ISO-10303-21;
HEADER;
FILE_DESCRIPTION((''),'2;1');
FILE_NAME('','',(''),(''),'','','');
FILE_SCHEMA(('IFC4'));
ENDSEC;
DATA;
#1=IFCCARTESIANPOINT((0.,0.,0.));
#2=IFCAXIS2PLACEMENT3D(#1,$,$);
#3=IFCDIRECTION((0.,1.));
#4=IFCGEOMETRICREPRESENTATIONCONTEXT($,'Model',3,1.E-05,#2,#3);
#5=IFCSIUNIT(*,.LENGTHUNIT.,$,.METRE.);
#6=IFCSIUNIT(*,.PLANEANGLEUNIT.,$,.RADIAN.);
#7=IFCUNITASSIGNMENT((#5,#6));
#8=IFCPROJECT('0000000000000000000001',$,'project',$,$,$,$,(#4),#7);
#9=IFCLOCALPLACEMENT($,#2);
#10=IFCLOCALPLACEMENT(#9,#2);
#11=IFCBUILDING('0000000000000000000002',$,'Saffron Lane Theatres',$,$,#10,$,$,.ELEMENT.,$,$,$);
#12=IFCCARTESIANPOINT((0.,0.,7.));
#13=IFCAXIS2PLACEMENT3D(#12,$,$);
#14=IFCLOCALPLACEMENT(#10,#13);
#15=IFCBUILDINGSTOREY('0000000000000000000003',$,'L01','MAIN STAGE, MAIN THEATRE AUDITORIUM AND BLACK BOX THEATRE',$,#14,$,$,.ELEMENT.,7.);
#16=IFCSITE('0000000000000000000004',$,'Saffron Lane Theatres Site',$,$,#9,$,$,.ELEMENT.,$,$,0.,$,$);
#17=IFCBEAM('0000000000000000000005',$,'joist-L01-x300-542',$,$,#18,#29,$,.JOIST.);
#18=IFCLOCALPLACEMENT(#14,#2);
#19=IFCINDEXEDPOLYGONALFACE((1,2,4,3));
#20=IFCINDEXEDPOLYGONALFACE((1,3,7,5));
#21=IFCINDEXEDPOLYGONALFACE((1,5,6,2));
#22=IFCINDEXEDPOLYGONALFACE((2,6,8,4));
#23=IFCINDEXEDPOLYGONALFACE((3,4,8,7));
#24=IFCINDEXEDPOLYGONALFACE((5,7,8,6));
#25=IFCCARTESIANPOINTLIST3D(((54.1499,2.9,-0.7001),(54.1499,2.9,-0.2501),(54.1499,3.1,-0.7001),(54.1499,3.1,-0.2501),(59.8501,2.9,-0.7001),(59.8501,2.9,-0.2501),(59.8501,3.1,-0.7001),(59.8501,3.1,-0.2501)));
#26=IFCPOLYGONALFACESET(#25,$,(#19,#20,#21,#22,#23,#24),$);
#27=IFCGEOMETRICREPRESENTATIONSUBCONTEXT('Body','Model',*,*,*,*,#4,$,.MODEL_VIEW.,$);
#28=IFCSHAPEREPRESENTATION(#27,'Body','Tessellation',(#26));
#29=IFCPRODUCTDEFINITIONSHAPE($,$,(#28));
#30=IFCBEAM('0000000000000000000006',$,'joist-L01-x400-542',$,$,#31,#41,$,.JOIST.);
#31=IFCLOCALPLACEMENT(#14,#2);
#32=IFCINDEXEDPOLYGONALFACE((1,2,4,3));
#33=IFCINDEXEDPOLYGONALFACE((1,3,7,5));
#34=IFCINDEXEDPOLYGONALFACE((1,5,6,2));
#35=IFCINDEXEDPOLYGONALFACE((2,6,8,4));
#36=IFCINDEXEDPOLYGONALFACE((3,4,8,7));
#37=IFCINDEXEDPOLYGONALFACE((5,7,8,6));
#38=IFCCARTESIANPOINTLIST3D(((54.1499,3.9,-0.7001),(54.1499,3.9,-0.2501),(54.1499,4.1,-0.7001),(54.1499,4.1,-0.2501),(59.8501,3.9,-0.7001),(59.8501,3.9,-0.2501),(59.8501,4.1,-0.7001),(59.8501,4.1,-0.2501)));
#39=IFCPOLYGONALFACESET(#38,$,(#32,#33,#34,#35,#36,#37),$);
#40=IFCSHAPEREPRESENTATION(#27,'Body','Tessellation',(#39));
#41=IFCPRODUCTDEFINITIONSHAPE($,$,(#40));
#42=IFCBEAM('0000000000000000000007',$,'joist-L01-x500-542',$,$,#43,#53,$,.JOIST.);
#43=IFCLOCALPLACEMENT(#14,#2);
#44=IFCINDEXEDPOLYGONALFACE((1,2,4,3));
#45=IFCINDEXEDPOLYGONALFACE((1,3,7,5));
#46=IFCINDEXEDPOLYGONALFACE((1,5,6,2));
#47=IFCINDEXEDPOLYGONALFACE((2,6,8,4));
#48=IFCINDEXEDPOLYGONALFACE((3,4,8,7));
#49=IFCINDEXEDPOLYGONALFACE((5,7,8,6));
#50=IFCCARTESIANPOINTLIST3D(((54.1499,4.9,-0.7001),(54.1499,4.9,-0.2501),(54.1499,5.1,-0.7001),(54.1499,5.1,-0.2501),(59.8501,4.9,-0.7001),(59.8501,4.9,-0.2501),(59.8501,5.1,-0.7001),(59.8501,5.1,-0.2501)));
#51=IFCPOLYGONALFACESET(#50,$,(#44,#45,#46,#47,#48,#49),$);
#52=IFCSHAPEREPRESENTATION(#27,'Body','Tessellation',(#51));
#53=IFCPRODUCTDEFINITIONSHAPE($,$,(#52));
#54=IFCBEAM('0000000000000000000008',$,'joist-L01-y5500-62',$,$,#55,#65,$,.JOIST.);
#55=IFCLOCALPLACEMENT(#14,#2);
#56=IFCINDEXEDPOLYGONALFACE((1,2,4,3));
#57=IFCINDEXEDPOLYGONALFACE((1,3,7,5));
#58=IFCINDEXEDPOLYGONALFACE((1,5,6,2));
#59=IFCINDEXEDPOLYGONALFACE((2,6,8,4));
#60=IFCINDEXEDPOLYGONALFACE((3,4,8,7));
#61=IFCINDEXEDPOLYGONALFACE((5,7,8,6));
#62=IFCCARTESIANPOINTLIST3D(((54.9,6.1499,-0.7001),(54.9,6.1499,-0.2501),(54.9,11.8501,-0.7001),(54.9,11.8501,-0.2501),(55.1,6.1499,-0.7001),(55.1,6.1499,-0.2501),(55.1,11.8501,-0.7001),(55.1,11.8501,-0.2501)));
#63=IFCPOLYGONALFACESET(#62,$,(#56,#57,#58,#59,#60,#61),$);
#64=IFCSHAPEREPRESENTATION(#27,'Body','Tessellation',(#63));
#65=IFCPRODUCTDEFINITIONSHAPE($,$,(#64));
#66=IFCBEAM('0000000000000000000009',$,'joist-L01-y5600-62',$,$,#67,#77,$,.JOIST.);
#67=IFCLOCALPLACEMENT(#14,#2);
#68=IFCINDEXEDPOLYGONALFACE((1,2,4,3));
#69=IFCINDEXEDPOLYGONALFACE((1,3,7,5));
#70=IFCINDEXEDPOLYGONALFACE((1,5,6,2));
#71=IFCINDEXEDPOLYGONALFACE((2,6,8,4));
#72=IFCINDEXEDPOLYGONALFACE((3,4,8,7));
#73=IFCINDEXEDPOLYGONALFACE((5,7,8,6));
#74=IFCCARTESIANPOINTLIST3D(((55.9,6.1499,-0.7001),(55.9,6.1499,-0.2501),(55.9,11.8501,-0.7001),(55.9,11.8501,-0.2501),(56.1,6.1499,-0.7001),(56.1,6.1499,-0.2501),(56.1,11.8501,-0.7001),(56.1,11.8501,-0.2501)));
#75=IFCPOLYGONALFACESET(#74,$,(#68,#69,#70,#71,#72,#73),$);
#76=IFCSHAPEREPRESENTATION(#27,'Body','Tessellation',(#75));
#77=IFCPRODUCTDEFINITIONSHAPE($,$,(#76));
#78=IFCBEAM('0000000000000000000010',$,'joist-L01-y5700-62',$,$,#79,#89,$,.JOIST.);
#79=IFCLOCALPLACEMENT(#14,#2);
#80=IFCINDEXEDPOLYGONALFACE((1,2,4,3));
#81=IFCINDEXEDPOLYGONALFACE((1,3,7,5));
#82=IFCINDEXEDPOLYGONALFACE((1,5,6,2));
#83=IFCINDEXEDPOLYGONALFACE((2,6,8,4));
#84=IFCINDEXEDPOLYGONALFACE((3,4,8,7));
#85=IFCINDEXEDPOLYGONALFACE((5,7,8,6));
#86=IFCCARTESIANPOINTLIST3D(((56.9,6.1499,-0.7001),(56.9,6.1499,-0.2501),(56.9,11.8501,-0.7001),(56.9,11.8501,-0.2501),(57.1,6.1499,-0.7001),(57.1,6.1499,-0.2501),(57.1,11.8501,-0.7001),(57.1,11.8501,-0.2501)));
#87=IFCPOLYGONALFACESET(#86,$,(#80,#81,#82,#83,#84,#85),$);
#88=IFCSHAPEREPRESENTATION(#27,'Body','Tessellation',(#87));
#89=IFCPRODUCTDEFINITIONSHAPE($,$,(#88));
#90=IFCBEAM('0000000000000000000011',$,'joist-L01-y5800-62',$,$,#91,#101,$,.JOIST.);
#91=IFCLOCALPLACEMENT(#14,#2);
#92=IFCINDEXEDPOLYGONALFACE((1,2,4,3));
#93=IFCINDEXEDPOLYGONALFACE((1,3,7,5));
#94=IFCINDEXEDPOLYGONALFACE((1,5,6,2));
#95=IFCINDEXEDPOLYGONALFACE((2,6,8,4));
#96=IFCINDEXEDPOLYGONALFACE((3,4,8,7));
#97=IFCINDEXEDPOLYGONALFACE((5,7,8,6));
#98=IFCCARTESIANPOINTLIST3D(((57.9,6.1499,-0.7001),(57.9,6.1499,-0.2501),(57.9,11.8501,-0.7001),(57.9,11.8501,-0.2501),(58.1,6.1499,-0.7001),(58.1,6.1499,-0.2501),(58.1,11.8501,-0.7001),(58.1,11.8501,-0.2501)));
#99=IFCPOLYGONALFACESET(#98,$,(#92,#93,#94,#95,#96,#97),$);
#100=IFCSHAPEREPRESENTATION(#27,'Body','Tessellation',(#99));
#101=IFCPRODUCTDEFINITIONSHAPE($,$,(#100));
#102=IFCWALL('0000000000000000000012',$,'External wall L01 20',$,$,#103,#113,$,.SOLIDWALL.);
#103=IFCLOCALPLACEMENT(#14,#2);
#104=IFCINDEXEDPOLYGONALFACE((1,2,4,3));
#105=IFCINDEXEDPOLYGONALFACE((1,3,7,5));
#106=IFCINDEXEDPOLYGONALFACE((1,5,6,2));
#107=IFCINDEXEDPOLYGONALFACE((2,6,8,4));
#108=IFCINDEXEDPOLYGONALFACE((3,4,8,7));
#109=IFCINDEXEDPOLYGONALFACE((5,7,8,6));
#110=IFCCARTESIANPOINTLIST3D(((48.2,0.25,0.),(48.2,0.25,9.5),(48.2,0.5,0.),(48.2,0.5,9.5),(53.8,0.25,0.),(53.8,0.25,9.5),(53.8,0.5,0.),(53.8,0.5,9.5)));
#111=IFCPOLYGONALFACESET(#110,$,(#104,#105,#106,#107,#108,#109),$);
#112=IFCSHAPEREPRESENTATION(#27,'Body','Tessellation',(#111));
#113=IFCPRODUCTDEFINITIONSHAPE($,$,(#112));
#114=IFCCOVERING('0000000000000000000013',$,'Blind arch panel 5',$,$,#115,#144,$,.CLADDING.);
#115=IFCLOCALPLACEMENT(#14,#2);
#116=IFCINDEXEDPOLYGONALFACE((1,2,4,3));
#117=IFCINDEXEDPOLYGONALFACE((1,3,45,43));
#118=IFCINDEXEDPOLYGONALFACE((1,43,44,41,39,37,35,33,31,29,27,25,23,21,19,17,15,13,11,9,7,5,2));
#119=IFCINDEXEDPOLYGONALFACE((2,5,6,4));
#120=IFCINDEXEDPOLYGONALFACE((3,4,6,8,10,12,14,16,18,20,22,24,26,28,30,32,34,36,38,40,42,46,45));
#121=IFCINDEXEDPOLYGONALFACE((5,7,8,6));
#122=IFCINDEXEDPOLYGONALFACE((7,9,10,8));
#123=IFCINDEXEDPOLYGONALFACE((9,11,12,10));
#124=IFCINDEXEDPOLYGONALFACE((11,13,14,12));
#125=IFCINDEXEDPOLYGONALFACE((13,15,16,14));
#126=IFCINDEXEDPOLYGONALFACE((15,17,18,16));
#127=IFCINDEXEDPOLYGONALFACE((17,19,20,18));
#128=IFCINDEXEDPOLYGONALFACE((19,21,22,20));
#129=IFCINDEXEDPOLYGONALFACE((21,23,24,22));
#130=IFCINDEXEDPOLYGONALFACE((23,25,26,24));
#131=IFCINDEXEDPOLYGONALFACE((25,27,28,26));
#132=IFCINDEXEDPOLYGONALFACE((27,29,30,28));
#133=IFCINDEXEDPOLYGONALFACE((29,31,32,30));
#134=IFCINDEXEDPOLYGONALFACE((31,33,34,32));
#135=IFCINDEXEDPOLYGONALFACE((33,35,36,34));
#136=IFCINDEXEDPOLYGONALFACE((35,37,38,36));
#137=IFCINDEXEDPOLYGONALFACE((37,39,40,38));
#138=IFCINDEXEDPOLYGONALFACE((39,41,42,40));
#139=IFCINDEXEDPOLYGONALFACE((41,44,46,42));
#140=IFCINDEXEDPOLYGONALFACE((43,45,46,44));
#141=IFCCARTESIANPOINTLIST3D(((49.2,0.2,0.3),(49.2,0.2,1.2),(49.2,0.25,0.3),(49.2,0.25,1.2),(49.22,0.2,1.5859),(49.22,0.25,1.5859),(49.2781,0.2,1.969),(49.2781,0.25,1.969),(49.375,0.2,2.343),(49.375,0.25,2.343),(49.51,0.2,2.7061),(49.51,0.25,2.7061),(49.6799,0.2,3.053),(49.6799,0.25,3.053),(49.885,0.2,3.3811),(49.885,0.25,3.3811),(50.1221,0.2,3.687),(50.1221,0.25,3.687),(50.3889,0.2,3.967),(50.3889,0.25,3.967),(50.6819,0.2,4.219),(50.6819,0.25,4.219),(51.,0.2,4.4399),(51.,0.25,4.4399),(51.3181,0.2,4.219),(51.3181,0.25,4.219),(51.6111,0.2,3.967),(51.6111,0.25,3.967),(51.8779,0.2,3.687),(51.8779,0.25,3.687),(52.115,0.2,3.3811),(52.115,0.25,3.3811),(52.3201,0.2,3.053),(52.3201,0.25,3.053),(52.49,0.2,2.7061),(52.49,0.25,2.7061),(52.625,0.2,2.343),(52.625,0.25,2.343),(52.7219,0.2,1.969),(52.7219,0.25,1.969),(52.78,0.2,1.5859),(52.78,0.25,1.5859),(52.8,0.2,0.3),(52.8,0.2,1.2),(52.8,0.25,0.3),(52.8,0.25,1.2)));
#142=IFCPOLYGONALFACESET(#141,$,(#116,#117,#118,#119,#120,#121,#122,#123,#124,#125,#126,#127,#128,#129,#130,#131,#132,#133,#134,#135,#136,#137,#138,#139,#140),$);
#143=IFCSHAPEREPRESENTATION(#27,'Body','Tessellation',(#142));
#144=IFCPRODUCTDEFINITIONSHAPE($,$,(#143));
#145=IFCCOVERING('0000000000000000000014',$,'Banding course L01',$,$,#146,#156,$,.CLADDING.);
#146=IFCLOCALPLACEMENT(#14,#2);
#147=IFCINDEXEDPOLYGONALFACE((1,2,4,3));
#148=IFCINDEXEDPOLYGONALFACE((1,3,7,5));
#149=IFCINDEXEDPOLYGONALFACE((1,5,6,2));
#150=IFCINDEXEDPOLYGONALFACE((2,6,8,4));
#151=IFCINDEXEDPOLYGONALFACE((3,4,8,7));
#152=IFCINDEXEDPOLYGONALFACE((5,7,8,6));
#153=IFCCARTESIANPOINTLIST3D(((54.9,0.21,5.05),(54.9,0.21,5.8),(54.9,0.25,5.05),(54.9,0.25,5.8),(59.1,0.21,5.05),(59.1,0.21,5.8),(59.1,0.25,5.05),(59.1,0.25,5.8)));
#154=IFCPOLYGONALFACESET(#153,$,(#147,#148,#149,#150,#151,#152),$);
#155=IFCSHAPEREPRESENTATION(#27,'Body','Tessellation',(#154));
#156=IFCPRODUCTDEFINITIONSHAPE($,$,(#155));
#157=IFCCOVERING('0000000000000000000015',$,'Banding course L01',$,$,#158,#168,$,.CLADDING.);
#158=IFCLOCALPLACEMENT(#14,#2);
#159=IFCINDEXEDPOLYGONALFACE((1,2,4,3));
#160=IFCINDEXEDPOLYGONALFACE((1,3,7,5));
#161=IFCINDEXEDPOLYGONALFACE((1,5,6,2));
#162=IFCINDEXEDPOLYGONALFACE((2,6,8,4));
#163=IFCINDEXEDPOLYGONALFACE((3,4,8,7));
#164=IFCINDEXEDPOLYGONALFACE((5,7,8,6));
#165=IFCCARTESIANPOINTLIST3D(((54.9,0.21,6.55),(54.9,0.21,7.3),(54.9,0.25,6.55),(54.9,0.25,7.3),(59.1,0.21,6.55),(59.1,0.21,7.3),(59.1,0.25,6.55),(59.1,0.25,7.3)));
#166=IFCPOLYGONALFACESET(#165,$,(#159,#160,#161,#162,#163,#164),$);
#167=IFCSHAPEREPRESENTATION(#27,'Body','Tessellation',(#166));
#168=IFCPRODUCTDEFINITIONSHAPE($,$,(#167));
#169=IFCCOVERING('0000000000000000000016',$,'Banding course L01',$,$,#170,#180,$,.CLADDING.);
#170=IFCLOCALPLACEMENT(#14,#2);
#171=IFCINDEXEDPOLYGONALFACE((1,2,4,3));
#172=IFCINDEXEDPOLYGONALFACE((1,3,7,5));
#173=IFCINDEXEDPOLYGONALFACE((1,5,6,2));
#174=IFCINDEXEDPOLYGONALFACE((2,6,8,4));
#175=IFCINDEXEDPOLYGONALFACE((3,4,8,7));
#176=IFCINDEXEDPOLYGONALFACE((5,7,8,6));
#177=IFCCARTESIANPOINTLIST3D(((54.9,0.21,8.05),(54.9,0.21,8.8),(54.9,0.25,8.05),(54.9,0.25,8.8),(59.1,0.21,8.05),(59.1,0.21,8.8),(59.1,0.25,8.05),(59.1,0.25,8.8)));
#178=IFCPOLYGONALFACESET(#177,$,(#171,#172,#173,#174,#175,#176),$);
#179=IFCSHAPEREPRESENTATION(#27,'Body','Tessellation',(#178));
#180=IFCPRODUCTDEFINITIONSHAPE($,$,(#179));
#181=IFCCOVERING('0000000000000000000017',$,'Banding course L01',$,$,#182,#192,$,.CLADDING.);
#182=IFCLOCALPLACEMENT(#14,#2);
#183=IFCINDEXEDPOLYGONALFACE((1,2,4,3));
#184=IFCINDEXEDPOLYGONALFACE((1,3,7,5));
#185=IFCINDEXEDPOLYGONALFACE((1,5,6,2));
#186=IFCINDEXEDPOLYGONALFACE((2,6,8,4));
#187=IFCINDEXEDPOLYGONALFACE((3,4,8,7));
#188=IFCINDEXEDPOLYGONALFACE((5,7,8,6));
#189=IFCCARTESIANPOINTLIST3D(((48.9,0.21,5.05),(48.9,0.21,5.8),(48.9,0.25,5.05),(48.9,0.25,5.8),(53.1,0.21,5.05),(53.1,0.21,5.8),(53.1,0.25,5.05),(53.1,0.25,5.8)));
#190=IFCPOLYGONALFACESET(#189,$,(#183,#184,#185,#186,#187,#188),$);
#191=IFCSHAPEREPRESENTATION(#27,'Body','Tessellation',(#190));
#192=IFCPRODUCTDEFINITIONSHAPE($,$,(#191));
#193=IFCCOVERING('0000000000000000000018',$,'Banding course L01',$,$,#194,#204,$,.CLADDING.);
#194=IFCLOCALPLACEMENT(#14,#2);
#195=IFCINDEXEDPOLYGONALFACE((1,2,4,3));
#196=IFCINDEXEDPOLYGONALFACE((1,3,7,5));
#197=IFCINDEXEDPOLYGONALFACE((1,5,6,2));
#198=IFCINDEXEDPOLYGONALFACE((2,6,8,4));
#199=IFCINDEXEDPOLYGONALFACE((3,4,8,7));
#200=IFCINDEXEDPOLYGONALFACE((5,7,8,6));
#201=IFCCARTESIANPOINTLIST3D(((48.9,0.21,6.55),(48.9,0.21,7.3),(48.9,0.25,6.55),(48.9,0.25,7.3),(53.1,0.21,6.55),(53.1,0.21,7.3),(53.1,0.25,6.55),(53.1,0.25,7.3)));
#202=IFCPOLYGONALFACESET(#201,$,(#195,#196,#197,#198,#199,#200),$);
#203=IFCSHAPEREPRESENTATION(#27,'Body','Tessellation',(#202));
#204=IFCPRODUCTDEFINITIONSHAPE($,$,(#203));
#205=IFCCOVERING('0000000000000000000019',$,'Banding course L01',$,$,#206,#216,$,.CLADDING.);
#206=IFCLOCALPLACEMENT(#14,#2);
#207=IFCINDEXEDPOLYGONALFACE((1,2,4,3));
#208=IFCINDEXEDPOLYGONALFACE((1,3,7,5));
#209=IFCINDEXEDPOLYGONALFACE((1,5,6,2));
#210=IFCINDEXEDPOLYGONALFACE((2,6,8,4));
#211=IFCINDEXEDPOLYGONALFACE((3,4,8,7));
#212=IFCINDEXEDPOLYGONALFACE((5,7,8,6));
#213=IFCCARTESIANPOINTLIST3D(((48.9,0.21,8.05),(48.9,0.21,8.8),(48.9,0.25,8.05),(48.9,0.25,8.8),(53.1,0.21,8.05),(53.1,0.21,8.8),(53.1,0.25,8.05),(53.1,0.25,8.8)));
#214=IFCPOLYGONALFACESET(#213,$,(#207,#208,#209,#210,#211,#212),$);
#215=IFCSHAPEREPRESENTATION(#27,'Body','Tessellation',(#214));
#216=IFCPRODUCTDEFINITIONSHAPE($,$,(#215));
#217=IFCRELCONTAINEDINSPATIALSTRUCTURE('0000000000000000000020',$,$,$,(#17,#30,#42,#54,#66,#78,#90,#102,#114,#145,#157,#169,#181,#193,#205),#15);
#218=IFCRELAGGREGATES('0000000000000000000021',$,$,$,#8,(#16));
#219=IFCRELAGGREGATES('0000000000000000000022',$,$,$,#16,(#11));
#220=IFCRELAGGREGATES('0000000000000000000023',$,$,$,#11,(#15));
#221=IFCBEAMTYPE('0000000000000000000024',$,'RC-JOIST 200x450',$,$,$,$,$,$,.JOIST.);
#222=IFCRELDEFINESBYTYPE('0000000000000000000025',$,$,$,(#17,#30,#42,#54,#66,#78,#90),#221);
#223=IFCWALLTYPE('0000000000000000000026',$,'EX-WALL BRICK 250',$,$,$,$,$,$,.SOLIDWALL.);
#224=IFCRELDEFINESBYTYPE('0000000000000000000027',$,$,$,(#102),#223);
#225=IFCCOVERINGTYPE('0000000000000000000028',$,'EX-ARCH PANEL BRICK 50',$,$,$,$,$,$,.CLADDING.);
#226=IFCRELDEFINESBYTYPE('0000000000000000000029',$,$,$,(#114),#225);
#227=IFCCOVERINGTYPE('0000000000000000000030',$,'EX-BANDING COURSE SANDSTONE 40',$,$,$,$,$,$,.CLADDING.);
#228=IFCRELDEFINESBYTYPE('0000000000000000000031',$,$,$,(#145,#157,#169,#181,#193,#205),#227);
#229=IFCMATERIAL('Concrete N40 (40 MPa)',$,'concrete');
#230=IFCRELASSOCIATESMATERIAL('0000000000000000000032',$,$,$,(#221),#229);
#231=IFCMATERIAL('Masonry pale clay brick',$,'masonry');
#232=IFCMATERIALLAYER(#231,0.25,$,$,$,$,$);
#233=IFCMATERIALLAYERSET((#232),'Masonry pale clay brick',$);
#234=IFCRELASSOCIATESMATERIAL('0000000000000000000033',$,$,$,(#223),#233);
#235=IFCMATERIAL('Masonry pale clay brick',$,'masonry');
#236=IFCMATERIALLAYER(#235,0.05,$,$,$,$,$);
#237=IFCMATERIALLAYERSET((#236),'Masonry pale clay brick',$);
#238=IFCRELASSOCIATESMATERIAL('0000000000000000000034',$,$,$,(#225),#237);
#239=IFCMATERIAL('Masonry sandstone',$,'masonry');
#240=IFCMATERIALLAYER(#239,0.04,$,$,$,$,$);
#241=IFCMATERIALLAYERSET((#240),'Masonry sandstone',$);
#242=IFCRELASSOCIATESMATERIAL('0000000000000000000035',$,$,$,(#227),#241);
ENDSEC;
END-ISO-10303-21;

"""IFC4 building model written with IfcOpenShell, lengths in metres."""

from ifc_helpers import new_model, si_unit, direction, frame, frame_2d, origin, origin_2d, place, context, subcontext, project, spatial, polyline, rectangle, outline, extrude, material, layer, layer_set, material_profile, profile_set, type_object, element, save


model = new_model("IFC4")

# Units and contexts
model_context = context("Model", 3, precision=1e-05, world=origin(), true_north=direction((0.0, 1.0)))
body_context = subcontext(model_context, "Body", "Model", "MODEL_VIEW")
ifc_project = project(units=[si_unit("LENGTHUNIT", "METRE"), si_unit("PLANEANGLEUNIT", "RADIAN")], contexts=[model_context])

# Site, building, storey
site_placement = place(None, origin())
site = spatial("IfcSite", under=ifc_project, at=site_placement, Name="Saffron Lane Theatres Site", CompositionType="ELEMENT", RefElevation=0.0)
building_placement = place(site_placement, origin())
building = spatial("IfcBuilding", under=site, at=building_placement, Name="Saffron Lane Theatres", CompositionType="ELEMENT")
storey_placement = place(building_placement, frame((0.0, 0.0, 7.0)))
storey = spatial("IfcBuildingStorey", under=building, at=storey_placement, Name="L01", Description="MAIN STAGE, MAIN THEATRE AUDITORIUM AND BLACK BOX THEATRE", CompositionType="ELEMENT", Elevation=7.0)

# Beams
ifc_material_1 = material(Name="Concrete N40 (40 MPa)", Category="concrete")
ifc_material_profile_1 = material_profile(ifc_material_1, rectangle(XDim=0.2, YDim=0.45, at=origin_2d()))
ifc_profile_set_1 = profile_set([ifc_material_profile_1], Name="Concrete N40 (40 MPa)")
beam_type_1 = type_object("IfcBeamType", Name="RC-JOIST 200x450", PredefinedType="JOIST", material=ifc_profile_set_1)
for number, where, z_axis, x_axis, name in (
    (1, (54.1499, 3.0, -0.4751), (1.0, 0.0, 0.0), (0.0, 1.0, 0.0), "joist-L01-x300-542"),
    (2, (54.1499, 4.0, -0.4751), (1.0, 0.0, 0.0), (0.0, 1.0, 0.0), "joist-L01-x400-542"),
    (3, (54.1499, 5.0, -0.4751), (1.0, 0.0, 0.0), (0.0, 1.0, 0.0), "joist-L01-x500-542"),
    (4, (55.0, 6.1499, -0.4751), (0.0, 1.0, 0.0), (-1.0, 0.0, 0.0), "joist-L01-y5500-62"),
    (5, (56.0, 6.1499, -0.4751), (0.0, 1.0, 0.0), (-1.0, 0.0, 0.0), "joist-L01-y5600-62"),
    (6, (57.0, 6.1499, -0.4751), (0.0, 1.0, 0.0), (-1.0, 0.0, 0.0), "joist-L01-y5700-62"),
    (7, (58.0, 6.1499, -0.4751), (0.0, 1.0, 0.0), (-1.0, 0.0, 0.0), "joist-L01-y5800-62"),
):
    element("IfcBeam", number, at=place(storey_placement, frame(where, z_axis=z_axis, x_axis=x_axis)), inside=storey, type_object=beam_type_1, Name=name, PredefinedType="JOIST", context=body_context, shape_type="SweptSolid", body=[
        extrude(rectangle(XDim=0.2, YDim=0.45, at=origin_2d()), origin(), (0.0, 0.0, 1.0), 5.7002),
    ])

# Wall
ifc_material_2 = material(Name="Masonry pale clay brick", Category="masonry")
ifc_layer_1 = layer(ifc_material_2, 0.25)
ifc_layer_set_1 = layer_set([ifc_layer_1], Name="Masonry pale clay brick")
wall_type = type_object("IfcWallType", Name="EX-WALL BRICK 250", PredefinedType="SOLIDWALL", material=ifc_layer_set_1)
wall_placement = place(storey_placement, frame((53.8, 0.375, 0.0), z_axis=(0.0, 0.0, 1.0), x_axis=(-1.0, 0.0, 0.0)))
element("IfcWall", 8, at=wall_placement, inside=storey, type_object=wall_type, Name="External wall L01 20", PredefinedType="SOLIDWALL", context=body_context, shape_type="SweptSolid", body=[
    extrude(rectangle(XDim=5.6001, YDim=0.25, at=frame_2d((2.8, 0.0))), origin(), (0.0, 0.0, 1.0), 9.5),
])

# Coverings
ifc_material_3 = material(Name="Masonry pale clay brick", Category="masonry")
ifc_layer_2 = layer(ifc_material_3, 0.05)
ifc_layer_set_2 = layer_set([ifc_layer_2], Name="Masonry pale clay brick")
covering_type_1 = type_object("IfcCoveringType", Name="EX-ARCH PANEL BRICK 50", PredefinedType="CLADDING", material=ifc_layer_set_2)
covering_placement = place(storey_placement, frame((52.8, 0.25, 1.2), z_axis=(0.0, 1.0, 0.0), x_axis=(0.0, 0.0, -1.0)))
element("IfcCovering", 9, at=covering_placement, inside=storey, type_object=covering_type_1, Name="Blind arch panel 5", PredefinedType="CLADDING", context=body_context, shape_type="SweptSolid", body=[
    extrude(outline(polyline([(0.0, 0.0), (0.8999, 0.0), (0.8999, 3.6001), (0.0, 3.6001), (-0.386, 3.5801), (-0.769, 3.522), (-1.1431, 3.425), (-1.5061, 3.29), (-1.853, 3.1201), (-2.1812, 2.915), (-2.4871, 2.678), (-2.7671, 2.4111), (-3.019, 2.1182), (-3.24, 1.8), (-3.019, 1.4819), (-2.7671, 1.189), (-2.4871, 0.9221), (-2.1812, 0.6851), (-1.853, 0.48), (-1.5061, 0.3101), (-1.1431, 0.175), (-0.769, 0.0781), (-0.386, 0.02), (0.0, 0.0)])), origin(), (0.0, 0.0, -1.0), 0.05),
])
ifc_material_4 = material(Name="Masonry sandstone", Category="masonry")
ifc_layer_3 = layer(ifc_material_4, 0.04)
ifc_layer_set_3 = layer_set([ifc_layer_3], Name="Masonry sandstone")
covering_type_2 = type_object("IfcCoveringType", Name="EX-BANDING COURSE SANDSTONE 40", PredefinedType="CLADDING", material=ifc_layer_set_3)
for number, where, z_axis, x_axis, name in (
    (10, (57.0, 0.23, 5.05), (0.0, 0.0, 1.0), (-1.0, 0.0, 0.0), "Banding course L01"),
    (11, (57.0, 0.23, 6.55), (0.0, 0.0, 1.0), (-1.0, 0.0, 0.0), "Banding course L01"),
    (12, (57.0, 0.23, 8.05), (0.0, 0.0, 1.0), (-1.0, 0.0, 0.0), "Banding course L01"),
    (13, (51.0, 0.23, 5.05), (0.0, 0.0, 1.0), (-1.0, 0.0, 0.0), "Banding course L01"),
    (14, (51.0, 0.23, 6.55), (0.0, 0.0, 1.0), (-1.0, 0.0, 0.0), "Banding course L01"),
    (15, (51.0, 0.23, 8.05), (0.0, 0.0, 1.0), (-1.0, 0.0, 0.0), "Banding course L01"),
):
    element("IfcCovering", number, at=place(storey_placement, frame(where, z_axis=z_axis, x_axis=x_axis)), inside=storey, type_object=covering_type_2, Name=name, PredefinedType="CLADDING", context=body_context, shape_type="SweptSolid", body=[
        extrude(rectangle(XDim=4.2, YDim=0.04, at=origin_2d()), origin(), (0.0, 0.0, 1.0), 0.75),
    ])

save(model, "model.ifc")
